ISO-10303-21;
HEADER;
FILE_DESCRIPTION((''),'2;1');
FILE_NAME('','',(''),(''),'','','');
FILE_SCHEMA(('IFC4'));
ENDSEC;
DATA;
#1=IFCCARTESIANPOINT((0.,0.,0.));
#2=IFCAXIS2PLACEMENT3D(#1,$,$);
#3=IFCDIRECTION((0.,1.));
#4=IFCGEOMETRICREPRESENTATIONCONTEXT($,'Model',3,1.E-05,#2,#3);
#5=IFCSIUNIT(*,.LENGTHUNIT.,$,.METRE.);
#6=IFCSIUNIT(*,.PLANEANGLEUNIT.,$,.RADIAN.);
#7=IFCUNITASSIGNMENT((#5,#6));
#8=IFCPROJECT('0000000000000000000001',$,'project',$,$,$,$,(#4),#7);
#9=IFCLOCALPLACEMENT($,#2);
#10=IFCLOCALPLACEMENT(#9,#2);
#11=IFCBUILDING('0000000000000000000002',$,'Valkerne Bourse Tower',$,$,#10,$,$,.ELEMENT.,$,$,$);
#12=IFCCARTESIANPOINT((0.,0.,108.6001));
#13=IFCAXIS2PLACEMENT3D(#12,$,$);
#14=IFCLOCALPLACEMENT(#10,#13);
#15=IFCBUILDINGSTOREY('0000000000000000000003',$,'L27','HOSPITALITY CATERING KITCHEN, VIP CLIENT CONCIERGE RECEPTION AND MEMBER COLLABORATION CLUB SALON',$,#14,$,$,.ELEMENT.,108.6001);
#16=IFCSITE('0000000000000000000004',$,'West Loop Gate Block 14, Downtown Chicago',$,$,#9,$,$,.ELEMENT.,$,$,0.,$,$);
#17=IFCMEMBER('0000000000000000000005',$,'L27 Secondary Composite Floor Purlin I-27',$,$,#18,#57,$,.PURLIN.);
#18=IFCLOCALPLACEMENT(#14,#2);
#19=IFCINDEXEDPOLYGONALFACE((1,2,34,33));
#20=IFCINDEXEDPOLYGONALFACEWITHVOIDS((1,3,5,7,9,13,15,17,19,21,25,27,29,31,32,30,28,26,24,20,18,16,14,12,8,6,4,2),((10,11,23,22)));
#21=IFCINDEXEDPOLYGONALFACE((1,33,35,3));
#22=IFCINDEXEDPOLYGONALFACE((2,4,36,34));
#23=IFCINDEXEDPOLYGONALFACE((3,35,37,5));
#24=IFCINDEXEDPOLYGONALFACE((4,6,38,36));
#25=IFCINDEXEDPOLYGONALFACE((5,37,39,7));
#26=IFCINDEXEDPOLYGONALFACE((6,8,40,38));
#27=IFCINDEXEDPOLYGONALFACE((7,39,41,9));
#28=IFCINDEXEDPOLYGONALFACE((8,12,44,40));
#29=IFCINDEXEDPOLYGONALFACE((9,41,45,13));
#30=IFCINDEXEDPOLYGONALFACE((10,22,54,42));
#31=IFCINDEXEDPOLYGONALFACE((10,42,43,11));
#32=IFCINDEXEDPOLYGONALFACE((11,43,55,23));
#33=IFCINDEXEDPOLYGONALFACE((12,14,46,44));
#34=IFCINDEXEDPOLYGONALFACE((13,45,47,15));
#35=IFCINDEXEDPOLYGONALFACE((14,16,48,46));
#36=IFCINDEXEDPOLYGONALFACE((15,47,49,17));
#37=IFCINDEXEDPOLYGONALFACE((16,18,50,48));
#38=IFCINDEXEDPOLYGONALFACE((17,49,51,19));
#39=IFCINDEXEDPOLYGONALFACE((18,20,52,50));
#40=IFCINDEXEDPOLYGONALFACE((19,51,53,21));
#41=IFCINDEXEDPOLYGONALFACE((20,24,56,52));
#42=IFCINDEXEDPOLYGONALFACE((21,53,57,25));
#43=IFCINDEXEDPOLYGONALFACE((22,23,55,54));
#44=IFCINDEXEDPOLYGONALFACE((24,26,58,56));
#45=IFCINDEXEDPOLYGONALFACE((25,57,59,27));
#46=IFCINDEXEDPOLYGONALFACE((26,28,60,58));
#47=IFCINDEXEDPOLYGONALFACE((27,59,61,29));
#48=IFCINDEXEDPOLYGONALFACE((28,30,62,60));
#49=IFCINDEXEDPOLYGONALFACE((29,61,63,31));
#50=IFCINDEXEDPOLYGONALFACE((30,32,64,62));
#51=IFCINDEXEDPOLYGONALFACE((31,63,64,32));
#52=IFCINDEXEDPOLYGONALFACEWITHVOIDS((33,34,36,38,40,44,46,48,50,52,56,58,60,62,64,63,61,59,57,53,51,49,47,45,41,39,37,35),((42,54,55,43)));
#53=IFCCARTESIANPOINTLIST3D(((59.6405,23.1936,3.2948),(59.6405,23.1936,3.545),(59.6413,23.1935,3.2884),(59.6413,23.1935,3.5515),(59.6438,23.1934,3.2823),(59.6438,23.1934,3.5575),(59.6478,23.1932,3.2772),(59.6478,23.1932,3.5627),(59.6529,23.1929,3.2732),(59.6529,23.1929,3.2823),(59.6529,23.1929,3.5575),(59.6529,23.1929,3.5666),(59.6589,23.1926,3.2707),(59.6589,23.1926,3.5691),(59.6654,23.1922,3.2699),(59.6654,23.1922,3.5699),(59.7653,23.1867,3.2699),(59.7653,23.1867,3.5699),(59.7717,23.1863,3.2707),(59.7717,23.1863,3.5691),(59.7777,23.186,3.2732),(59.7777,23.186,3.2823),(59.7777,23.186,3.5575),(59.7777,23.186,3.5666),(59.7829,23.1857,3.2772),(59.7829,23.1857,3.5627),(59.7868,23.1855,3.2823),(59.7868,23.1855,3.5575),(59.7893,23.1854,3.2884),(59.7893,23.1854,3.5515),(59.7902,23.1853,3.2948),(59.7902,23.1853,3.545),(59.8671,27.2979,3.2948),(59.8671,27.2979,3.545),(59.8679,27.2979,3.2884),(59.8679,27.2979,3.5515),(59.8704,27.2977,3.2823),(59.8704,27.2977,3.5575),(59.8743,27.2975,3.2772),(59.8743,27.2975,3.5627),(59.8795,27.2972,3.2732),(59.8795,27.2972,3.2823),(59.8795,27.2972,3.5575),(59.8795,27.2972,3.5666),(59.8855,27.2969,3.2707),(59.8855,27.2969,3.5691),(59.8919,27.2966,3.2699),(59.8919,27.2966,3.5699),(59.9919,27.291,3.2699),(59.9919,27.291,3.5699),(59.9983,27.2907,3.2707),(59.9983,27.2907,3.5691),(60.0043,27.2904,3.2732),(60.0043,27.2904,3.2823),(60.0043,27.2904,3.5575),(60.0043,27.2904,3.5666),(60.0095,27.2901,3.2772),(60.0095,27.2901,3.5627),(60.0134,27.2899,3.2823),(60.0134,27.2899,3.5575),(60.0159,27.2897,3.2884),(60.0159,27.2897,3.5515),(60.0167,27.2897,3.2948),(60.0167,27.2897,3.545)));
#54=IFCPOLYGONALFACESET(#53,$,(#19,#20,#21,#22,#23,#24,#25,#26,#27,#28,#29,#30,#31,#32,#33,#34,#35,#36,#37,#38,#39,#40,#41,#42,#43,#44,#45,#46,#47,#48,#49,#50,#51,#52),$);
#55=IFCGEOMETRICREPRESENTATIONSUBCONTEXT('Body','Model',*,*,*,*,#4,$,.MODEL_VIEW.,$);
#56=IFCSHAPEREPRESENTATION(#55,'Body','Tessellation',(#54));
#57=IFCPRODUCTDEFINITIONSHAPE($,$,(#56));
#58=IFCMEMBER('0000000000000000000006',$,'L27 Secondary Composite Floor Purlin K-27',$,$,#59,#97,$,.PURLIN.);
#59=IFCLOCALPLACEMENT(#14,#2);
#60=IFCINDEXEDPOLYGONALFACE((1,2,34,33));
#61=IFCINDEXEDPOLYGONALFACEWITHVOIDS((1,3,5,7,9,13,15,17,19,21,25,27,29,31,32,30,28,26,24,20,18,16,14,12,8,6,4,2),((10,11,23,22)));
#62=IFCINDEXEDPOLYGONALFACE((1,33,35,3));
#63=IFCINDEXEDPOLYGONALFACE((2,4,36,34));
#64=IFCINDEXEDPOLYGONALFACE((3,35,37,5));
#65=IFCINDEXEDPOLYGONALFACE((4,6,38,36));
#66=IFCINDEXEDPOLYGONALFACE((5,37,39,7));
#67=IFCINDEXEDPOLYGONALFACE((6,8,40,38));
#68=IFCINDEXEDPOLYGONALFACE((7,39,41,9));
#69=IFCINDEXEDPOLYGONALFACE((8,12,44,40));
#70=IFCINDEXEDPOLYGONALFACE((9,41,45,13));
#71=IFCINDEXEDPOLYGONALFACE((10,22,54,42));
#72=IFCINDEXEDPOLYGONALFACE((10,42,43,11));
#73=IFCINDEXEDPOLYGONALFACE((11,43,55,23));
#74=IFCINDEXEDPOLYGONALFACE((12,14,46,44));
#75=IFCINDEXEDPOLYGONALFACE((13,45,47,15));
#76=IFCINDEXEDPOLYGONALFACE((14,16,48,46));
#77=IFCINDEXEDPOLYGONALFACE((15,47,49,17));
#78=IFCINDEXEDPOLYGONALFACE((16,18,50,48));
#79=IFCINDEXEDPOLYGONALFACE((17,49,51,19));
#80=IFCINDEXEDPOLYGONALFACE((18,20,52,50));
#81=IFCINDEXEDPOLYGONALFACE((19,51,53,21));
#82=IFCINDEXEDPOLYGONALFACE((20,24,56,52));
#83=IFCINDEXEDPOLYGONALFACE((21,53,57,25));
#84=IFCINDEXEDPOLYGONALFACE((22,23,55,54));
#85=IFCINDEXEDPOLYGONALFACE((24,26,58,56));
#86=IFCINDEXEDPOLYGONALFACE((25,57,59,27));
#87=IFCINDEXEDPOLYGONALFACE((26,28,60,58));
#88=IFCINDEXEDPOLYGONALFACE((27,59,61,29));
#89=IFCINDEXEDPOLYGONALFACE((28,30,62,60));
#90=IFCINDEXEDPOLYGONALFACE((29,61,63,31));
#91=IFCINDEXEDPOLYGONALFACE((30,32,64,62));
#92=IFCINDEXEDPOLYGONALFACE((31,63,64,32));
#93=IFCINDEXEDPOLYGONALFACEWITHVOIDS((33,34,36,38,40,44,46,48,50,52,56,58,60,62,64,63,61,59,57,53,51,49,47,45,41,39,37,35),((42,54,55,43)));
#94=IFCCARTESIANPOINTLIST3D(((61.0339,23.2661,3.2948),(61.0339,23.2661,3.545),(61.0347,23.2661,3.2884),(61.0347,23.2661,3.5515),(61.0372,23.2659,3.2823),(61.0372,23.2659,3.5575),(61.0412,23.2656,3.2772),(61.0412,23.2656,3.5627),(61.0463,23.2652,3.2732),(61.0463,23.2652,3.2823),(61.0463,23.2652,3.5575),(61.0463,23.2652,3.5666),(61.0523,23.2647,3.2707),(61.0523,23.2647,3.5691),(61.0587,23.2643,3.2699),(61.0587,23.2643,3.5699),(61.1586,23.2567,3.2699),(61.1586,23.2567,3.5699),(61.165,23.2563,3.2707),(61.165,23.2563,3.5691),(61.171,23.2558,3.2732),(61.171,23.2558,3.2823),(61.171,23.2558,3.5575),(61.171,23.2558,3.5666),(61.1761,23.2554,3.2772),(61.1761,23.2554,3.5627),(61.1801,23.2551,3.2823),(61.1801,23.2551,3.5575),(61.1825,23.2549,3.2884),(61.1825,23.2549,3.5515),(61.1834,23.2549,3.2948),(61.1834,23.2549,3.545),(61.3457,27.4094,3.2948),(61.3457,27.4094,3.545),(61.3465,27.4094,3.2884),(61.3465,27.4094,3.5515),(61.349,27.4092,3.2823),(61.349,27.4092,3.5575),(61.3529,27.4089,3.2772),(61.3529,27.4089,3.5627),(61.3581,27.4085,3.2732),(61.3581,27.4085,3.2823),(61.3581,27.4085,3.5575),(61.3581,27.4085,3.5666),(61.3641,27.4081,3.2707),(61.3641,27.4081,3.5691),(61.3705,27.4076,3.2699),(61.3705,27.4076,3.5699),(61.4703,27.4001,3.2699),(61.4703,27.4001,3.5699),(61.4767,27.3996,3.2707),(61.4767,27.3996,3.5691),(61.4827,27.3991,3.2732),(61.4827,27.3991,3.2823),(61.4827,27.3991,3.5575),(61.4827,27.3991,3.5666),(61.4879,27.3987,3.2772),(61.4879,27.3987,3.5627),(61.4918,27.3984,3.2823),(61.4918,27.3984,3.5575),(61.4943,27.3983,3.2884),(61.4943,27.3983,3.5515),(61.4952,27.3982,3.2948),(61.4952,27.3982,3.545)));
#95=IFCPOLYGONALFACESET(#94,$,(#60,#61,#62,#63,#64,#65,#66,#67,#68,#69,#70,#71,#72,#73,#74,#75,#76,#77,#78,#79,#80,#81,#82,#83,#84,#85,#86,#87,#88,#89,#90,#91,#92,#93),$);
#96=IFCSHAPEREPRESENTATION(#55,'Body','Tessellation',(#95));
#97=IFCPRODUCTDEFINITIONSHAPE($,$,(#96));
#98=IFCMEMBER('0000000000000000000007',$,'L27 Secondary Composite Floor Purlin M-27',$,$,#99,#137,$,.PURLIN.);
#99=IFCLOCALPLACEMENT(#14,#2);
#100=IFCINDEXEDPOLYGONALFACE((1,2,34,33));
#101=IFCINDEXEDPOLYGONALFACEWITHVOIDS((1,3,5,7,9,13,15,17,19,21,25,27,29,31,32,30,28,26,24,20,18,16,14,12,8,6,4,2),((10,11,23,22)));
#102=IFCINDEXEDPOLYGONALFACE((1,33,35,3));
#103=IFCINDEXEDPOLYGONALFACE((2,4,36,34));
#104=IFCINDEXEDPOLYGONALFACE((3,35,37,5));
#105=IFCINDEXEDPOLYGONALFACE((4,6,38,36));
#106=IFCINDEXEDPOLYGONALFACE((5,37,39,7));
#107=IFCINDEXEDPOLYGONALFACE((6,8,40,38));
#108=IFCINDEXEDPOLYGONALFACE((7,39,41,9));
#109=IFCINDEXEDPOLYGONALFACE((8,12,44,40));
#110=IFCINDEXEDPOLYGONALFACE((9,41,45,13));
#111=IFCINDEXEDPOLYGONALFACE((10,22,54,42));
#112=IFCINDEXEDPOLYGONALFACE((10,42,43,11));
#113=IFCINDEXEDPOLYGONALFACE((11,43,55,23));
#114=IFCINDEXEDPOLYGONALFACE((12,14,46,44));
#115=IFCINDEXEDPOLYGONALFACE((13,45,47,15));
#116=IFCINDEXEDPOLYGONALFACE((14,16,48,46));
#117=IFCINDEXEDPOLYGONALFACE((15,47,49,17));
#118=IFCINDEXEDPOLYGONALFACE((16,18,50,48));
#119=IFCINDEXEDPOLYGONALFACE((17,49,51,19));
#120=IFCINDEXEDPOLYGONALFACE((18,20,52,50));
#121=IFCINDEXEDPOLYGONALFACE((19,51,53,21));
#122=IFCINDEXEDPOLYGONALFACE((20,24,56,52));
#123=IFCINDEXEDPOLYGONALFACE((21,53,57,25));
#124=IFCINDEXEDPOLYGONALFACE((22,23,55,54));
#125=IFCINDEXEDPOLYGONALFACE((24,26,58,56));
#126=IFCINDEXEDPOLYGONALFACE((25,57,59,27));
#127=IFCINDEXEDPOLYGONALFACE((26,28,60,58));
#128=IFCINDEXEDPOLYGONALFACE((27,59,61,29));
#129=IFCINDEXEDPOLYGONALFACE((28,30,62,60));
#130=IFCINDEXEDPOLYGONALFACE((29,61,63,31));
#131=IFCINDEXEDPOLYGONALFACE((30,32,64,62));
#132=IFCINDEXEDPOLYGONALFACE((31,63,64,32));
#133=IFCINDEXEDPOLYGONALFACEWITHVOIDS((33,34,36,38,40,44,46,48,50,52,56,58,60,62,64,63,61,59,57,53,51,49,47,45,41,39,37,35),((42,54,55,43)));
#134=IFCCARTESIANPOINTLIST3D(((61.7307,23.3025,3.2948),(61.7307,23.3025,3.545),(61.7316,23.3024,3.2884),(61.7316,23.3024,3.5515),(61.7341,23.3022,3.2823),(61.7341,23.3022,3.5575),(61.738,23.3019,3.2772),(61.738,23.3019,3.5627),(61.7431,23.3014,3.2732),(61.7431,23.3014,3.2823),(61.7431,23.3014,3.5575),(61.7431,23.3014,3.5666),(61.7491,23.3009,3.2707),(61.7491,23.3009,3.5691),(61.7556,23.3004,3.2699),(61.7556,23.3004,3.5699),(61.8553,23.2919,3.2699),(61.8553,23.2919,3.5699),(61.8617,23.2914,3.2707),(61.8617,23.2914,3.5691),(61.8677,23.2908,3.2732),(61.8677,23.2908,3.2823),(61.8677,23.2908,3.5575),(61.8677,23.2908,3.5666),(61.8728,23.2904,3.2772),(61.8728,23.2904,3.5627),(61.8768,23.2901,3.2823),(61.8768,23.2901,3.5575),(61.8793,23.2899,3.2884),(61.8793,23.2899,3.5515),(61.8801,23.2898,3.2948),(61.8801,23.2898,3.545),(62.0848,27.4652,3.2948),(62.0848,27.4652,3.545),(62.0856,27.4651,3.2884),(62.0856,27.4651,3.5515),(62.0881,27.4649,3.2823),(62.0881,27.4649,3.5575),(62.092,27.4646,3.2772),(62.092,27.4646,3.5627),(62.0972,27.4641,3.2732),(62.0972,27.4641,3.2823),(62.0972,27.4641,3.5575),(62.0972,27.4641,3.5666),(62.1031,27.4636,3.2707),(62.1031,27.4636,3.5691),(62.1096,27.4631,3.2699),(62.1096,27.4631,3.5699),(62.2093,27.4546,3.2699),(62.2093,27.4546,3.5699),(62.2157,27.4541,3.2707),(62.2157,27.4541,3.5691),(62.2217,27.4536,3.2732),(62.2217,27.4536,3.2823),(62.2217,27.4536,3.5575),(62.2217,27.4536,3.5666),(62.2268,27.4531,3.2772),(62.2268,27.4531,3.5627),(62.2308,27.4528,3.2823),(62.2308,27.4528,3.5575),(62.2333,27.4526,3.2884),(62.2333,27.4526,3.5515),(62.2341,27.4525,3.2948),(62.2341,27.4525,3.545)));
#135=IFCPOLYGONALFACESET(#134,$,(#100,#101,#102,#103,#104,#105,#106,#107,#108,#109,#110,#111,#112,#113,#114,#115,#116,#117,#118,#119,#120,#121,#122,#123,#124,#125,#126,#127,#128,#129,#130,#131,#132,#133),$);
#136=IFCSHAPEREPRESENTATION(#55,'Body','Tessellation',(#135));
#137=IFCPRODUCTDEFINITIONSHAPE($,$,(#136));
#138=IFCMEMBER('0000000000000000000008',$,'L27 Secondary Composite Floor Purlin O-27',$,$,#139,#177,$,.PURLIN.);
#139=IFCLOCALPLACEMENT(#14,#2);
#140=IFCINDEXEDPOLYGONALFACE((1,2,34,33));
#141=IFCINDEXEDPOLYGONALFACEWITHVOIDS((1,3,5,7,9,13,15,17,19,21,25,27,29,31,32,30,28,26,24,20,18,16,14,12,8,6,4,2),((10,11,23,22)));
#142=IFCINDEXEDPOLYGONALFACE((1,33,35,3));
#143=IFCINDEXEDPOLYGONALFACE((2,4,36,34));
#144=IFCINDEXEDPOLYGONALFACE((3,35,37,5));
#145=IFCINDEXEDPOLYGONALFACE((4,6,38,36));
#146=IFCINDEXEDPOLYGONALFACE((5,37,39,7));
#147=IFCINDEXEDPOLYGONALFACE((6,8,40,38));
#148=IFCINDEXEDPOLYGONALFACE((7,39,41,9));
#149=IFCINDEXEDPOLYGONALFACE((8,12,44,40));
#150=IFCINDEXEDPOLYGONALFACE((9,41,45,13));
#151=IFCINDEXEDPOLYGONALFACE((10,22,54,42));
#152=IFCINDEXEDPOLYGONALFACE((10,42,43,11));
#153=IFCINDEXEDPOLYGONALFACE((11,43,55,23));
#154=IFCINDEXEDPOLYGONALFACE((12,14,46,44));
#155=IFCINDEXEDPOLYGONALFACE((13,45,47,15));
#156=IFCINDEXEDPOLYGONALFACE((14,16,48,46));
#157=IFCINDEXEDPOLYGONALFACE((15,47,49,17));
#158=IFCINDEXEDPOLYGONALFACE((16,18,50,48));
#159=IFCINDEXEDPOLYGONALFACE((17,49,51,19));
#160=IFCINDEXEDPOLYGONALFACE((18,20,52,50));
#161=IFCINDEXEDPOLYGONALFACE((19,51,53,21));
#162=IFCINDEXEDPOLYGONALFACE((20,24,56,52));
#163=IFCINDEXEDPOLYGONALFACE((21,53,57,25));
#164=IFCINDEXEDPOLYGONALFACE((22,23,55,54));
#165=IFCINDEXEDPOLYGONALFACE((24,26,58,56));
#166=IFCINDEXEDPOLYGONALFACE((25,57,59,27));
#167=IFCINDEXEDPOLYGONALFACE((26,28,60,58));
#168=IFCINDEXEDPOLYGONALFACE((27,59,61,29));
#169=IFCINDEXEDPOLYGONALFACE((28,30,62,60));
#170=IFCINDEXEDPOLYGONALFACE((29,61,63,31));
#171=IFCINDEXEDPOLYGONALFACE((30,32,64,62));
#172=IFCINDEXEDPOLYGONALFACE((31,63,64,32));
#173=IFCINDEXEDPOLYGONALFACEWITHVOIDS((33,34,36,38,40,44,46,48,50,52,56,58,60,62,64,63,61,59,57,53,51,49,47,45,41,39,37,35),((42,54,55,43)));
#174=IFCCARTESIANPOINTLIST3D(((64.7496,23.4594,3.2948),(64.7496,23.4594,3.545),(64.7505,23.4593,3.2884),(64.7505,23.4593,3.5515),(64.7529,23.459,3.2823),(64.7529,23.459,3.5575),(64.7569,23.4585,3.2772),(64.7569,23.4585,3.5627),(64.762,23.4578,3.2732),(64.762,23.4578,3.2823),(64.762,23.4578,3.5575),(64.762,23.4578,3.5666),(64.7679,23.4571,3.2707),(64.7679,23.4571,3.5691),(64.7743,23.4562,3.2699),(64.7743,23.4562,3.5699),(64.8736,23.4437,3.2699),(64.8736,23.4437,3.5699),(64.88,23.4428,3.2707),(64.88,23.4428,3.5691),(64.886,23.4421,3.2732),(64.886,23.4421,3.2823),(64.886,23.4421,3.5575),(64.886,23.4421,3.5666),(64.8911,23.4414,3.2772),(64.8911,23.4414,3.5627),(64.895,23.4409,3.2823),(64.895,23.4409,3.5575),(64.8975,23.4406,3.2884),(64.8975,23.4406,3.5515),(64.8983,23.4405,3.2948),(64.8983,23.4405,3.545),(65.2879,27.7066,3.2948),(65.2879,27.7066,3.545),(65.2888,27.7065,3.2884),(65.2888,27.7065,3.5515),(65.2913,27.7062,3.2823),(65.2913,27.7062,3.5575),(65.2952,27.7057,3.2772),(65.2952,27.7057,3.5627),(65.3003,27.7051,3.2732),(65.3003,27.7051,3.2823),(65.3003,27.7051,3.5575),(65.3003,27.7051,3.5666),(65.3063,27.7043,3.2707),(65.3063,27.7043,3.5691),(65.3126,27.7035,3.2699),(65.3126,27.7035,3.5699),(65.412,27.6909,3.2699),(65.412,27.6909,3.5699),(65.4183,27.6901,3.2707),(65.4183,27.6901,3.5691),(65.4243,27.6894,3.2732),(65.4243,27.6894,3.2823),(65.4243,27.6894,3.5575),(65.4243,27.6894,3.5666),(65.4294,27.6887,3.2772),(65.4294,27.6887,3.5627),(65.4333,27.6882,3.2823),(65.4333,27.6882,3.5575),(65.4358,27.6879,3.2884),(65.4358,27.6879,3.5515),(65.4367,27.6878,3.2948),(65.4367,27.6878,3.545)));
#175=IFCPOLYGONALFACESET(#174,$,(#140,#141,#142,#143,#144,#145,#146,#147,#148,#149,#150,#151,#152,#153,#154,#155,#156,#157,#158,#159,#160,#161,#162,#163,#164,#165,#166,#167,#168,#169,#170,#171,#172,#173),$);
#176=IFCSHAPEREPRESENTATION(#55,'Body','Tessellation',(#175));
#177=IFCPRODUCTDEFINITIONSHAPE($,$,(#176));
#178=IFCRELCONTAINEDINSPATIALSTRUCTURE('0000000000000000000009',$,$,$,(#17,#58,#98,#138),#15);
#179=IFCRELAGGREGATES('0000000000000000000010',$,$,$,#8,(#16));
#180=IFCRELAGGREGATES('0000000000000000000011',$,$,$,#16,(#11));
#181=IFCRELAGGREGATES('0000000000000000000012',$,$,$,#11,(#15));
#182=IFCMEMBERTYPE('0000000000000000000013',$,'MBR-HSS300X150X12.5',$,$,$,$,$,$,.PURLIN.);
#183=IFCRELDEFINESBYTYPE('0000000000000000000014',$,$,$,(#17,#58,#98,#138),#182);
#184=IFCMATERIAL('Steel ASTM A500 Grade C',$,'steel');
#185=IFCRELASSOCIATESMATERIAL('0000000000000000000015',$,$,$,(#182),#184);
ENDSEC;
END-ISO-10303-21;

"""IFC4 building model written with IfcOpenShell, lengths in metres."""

from ifc_helpers import new_model, si_unit, direction, frame, origin, origin_2d, place, context, subcontext, project, spatial, hollow_rectangle, extrude, material, material_profile, profile_set, type_object, element, save


model = new_model("IFC4")

# Units and contexts
model_context = context("Model", 3, precision=1e-05, world=origin(), true_north=direction((0.0, 1.0)))
body_context = subcontext(model_context, "Body", "Model", "MODEL_VIEW")
ifc_project = project(units=[si_unit("LENGTHUNIT", "METRE"), si_unit("PLANEANGLEUNIT", "RADIAN")], contexts=[model_context])

# Site, building, storey
site_placement = place(None, origin())
site = spatial("IfcSite", under=ifc_project, at=site_placement, Name="West Loop Gate Block 14, Downtown Chicago", CompositionType="ELEMENT", RefElevation=0.0)
building_placement = place(site_placement, origin())
building = spatial("IfcBuilding", under=site, at=building_placement, Name="Valkerne Bourse Tower", CompositionType="ELEMENT")
storey_placement = place(building_placement, frame((0.0, 0.0, 108.6001)))
storey = spatial("IfcBuildingStorey", under=building, at=storey_placement, Name="L27", Description="HOSPITALITY CATERING KITCHEN, VIP CLIENT CONCIERGE RECEPTION AND MEMBER COLLABORATION CLUB SALON", CompositionType="ELEMENT", Elevation=108.6001)

# Members
ifc_material_1 = material(Name="Steel ASTM A500 Grade C", Category="steel")
ifc_material_profile_1 = material_profile(ifc_material_1, hollow_rectangle(XDim=0.1499, YDim=0.3, WallThickness=0.0125, OuterFilletRadius=0.0249, at=origin_2d()), Name="HSS300X150X12.5")
ifc_profile_set_1 = profile_set([ifc_material_profile_1], Name="Steel ASTM A500 Grade C")
member_type_1 = type_object("IfcMemberType", Name="MBR-HSS300X150X12.5", PredefinedType="PURLIN", material=ifc_profile_set_1)
member_1_placement = place(storey_placement, frame((59.7153, 23.1895, 3.4199), z_axis=(0.055118, 0.99848, 0.0), x_axis=(-0.99848, 0.055118, 0.0)))
element("IfcMember", 1, at=member_1_placement, inside=storey, type_object=member_type_1, Name="L27 Secondary Composite Floor Purlin I-27", PredefinedType="PURLIN", context=body_context, shape_type="SweptSolid", body=[
    extrude(hollow_rectangle(XDim=0.1499, YDim=0.3, WallThickness=0.0125, OuterFilletRadius=0.0249, at=origin_2d()), origin(), (0.0, 0.0, 1.0), 4.1106),
])
member_2_placement = place(storey_placement, frame((61.1086, 23.2605, 3.4199), z_axis=(0.075034, 0.997181, 0.0), x_axis=(-0.997181, 0.075034, 0.0)))
element("IfcMember", 2, at=member_2_placement, inside=storey, type_object=member_type_1, Name="L27 Secondary Composite Floor Purlin K-27", PredefinedType="PURLIN", context=body_context, shape_type="SweptSolid", body=[
    extrude(hollow_rectangle(XDim=0.1499, YDim=0.3, WallThickness=0.0125, OuterFilletRadius=0.0249, at=origin_2d()), origin(), (0.0, 0.0, 1.0), 4.155),
])
member_3_placement = place(storey_placement, frame((61.8054, 23.2961, 3.4199), z_axis=(0.084738, 0.996403, 0.0), x_axis=(-0.996403, 0.084738, 0.0)))
element("IfcMember", 3, at=member_3_placement, inside=storey, type_object=member_type_1, Name="L27 Secondary Composite Floor Purlin M-27", PredefinedType="PURLIN", context=body_context, shape_type="SweptSolid", body=[
    extrude(hollow_rectangle(XDim=0.1499, YDim=0.3, WallThickness=0.0125, OuterFilletRadius=0.0249, at=origin_2d()), origin(), (0.0, 0.0, 1.0), 4.1777),
])
member_4_placement = place(storey_placement, frame((64.824, 23.45, 3.4199), z_axis=(0.12574, 0.992063, 0.0), x_axis=(-0.992063, 0.12574, 0.0)))
element("IfcMember", 4, at=member_4_placement, inside=storey, type_object=member_type_1, Name="L27 Secondary Composite Floor Purlin O-27", PredefinedType="PURLIN", context=body_context, shape_type="SweptSolid", body=[
    extrude(hollow_rectangle(XDim=0.1499, YDim=0.3, WallThickness=0.0125, OuterFilletRadius=0.0249, at=origin_2d()), origin(), (0.0, 0.0, 1.0), 4.2812),
])

save(model, "model.ifc")
